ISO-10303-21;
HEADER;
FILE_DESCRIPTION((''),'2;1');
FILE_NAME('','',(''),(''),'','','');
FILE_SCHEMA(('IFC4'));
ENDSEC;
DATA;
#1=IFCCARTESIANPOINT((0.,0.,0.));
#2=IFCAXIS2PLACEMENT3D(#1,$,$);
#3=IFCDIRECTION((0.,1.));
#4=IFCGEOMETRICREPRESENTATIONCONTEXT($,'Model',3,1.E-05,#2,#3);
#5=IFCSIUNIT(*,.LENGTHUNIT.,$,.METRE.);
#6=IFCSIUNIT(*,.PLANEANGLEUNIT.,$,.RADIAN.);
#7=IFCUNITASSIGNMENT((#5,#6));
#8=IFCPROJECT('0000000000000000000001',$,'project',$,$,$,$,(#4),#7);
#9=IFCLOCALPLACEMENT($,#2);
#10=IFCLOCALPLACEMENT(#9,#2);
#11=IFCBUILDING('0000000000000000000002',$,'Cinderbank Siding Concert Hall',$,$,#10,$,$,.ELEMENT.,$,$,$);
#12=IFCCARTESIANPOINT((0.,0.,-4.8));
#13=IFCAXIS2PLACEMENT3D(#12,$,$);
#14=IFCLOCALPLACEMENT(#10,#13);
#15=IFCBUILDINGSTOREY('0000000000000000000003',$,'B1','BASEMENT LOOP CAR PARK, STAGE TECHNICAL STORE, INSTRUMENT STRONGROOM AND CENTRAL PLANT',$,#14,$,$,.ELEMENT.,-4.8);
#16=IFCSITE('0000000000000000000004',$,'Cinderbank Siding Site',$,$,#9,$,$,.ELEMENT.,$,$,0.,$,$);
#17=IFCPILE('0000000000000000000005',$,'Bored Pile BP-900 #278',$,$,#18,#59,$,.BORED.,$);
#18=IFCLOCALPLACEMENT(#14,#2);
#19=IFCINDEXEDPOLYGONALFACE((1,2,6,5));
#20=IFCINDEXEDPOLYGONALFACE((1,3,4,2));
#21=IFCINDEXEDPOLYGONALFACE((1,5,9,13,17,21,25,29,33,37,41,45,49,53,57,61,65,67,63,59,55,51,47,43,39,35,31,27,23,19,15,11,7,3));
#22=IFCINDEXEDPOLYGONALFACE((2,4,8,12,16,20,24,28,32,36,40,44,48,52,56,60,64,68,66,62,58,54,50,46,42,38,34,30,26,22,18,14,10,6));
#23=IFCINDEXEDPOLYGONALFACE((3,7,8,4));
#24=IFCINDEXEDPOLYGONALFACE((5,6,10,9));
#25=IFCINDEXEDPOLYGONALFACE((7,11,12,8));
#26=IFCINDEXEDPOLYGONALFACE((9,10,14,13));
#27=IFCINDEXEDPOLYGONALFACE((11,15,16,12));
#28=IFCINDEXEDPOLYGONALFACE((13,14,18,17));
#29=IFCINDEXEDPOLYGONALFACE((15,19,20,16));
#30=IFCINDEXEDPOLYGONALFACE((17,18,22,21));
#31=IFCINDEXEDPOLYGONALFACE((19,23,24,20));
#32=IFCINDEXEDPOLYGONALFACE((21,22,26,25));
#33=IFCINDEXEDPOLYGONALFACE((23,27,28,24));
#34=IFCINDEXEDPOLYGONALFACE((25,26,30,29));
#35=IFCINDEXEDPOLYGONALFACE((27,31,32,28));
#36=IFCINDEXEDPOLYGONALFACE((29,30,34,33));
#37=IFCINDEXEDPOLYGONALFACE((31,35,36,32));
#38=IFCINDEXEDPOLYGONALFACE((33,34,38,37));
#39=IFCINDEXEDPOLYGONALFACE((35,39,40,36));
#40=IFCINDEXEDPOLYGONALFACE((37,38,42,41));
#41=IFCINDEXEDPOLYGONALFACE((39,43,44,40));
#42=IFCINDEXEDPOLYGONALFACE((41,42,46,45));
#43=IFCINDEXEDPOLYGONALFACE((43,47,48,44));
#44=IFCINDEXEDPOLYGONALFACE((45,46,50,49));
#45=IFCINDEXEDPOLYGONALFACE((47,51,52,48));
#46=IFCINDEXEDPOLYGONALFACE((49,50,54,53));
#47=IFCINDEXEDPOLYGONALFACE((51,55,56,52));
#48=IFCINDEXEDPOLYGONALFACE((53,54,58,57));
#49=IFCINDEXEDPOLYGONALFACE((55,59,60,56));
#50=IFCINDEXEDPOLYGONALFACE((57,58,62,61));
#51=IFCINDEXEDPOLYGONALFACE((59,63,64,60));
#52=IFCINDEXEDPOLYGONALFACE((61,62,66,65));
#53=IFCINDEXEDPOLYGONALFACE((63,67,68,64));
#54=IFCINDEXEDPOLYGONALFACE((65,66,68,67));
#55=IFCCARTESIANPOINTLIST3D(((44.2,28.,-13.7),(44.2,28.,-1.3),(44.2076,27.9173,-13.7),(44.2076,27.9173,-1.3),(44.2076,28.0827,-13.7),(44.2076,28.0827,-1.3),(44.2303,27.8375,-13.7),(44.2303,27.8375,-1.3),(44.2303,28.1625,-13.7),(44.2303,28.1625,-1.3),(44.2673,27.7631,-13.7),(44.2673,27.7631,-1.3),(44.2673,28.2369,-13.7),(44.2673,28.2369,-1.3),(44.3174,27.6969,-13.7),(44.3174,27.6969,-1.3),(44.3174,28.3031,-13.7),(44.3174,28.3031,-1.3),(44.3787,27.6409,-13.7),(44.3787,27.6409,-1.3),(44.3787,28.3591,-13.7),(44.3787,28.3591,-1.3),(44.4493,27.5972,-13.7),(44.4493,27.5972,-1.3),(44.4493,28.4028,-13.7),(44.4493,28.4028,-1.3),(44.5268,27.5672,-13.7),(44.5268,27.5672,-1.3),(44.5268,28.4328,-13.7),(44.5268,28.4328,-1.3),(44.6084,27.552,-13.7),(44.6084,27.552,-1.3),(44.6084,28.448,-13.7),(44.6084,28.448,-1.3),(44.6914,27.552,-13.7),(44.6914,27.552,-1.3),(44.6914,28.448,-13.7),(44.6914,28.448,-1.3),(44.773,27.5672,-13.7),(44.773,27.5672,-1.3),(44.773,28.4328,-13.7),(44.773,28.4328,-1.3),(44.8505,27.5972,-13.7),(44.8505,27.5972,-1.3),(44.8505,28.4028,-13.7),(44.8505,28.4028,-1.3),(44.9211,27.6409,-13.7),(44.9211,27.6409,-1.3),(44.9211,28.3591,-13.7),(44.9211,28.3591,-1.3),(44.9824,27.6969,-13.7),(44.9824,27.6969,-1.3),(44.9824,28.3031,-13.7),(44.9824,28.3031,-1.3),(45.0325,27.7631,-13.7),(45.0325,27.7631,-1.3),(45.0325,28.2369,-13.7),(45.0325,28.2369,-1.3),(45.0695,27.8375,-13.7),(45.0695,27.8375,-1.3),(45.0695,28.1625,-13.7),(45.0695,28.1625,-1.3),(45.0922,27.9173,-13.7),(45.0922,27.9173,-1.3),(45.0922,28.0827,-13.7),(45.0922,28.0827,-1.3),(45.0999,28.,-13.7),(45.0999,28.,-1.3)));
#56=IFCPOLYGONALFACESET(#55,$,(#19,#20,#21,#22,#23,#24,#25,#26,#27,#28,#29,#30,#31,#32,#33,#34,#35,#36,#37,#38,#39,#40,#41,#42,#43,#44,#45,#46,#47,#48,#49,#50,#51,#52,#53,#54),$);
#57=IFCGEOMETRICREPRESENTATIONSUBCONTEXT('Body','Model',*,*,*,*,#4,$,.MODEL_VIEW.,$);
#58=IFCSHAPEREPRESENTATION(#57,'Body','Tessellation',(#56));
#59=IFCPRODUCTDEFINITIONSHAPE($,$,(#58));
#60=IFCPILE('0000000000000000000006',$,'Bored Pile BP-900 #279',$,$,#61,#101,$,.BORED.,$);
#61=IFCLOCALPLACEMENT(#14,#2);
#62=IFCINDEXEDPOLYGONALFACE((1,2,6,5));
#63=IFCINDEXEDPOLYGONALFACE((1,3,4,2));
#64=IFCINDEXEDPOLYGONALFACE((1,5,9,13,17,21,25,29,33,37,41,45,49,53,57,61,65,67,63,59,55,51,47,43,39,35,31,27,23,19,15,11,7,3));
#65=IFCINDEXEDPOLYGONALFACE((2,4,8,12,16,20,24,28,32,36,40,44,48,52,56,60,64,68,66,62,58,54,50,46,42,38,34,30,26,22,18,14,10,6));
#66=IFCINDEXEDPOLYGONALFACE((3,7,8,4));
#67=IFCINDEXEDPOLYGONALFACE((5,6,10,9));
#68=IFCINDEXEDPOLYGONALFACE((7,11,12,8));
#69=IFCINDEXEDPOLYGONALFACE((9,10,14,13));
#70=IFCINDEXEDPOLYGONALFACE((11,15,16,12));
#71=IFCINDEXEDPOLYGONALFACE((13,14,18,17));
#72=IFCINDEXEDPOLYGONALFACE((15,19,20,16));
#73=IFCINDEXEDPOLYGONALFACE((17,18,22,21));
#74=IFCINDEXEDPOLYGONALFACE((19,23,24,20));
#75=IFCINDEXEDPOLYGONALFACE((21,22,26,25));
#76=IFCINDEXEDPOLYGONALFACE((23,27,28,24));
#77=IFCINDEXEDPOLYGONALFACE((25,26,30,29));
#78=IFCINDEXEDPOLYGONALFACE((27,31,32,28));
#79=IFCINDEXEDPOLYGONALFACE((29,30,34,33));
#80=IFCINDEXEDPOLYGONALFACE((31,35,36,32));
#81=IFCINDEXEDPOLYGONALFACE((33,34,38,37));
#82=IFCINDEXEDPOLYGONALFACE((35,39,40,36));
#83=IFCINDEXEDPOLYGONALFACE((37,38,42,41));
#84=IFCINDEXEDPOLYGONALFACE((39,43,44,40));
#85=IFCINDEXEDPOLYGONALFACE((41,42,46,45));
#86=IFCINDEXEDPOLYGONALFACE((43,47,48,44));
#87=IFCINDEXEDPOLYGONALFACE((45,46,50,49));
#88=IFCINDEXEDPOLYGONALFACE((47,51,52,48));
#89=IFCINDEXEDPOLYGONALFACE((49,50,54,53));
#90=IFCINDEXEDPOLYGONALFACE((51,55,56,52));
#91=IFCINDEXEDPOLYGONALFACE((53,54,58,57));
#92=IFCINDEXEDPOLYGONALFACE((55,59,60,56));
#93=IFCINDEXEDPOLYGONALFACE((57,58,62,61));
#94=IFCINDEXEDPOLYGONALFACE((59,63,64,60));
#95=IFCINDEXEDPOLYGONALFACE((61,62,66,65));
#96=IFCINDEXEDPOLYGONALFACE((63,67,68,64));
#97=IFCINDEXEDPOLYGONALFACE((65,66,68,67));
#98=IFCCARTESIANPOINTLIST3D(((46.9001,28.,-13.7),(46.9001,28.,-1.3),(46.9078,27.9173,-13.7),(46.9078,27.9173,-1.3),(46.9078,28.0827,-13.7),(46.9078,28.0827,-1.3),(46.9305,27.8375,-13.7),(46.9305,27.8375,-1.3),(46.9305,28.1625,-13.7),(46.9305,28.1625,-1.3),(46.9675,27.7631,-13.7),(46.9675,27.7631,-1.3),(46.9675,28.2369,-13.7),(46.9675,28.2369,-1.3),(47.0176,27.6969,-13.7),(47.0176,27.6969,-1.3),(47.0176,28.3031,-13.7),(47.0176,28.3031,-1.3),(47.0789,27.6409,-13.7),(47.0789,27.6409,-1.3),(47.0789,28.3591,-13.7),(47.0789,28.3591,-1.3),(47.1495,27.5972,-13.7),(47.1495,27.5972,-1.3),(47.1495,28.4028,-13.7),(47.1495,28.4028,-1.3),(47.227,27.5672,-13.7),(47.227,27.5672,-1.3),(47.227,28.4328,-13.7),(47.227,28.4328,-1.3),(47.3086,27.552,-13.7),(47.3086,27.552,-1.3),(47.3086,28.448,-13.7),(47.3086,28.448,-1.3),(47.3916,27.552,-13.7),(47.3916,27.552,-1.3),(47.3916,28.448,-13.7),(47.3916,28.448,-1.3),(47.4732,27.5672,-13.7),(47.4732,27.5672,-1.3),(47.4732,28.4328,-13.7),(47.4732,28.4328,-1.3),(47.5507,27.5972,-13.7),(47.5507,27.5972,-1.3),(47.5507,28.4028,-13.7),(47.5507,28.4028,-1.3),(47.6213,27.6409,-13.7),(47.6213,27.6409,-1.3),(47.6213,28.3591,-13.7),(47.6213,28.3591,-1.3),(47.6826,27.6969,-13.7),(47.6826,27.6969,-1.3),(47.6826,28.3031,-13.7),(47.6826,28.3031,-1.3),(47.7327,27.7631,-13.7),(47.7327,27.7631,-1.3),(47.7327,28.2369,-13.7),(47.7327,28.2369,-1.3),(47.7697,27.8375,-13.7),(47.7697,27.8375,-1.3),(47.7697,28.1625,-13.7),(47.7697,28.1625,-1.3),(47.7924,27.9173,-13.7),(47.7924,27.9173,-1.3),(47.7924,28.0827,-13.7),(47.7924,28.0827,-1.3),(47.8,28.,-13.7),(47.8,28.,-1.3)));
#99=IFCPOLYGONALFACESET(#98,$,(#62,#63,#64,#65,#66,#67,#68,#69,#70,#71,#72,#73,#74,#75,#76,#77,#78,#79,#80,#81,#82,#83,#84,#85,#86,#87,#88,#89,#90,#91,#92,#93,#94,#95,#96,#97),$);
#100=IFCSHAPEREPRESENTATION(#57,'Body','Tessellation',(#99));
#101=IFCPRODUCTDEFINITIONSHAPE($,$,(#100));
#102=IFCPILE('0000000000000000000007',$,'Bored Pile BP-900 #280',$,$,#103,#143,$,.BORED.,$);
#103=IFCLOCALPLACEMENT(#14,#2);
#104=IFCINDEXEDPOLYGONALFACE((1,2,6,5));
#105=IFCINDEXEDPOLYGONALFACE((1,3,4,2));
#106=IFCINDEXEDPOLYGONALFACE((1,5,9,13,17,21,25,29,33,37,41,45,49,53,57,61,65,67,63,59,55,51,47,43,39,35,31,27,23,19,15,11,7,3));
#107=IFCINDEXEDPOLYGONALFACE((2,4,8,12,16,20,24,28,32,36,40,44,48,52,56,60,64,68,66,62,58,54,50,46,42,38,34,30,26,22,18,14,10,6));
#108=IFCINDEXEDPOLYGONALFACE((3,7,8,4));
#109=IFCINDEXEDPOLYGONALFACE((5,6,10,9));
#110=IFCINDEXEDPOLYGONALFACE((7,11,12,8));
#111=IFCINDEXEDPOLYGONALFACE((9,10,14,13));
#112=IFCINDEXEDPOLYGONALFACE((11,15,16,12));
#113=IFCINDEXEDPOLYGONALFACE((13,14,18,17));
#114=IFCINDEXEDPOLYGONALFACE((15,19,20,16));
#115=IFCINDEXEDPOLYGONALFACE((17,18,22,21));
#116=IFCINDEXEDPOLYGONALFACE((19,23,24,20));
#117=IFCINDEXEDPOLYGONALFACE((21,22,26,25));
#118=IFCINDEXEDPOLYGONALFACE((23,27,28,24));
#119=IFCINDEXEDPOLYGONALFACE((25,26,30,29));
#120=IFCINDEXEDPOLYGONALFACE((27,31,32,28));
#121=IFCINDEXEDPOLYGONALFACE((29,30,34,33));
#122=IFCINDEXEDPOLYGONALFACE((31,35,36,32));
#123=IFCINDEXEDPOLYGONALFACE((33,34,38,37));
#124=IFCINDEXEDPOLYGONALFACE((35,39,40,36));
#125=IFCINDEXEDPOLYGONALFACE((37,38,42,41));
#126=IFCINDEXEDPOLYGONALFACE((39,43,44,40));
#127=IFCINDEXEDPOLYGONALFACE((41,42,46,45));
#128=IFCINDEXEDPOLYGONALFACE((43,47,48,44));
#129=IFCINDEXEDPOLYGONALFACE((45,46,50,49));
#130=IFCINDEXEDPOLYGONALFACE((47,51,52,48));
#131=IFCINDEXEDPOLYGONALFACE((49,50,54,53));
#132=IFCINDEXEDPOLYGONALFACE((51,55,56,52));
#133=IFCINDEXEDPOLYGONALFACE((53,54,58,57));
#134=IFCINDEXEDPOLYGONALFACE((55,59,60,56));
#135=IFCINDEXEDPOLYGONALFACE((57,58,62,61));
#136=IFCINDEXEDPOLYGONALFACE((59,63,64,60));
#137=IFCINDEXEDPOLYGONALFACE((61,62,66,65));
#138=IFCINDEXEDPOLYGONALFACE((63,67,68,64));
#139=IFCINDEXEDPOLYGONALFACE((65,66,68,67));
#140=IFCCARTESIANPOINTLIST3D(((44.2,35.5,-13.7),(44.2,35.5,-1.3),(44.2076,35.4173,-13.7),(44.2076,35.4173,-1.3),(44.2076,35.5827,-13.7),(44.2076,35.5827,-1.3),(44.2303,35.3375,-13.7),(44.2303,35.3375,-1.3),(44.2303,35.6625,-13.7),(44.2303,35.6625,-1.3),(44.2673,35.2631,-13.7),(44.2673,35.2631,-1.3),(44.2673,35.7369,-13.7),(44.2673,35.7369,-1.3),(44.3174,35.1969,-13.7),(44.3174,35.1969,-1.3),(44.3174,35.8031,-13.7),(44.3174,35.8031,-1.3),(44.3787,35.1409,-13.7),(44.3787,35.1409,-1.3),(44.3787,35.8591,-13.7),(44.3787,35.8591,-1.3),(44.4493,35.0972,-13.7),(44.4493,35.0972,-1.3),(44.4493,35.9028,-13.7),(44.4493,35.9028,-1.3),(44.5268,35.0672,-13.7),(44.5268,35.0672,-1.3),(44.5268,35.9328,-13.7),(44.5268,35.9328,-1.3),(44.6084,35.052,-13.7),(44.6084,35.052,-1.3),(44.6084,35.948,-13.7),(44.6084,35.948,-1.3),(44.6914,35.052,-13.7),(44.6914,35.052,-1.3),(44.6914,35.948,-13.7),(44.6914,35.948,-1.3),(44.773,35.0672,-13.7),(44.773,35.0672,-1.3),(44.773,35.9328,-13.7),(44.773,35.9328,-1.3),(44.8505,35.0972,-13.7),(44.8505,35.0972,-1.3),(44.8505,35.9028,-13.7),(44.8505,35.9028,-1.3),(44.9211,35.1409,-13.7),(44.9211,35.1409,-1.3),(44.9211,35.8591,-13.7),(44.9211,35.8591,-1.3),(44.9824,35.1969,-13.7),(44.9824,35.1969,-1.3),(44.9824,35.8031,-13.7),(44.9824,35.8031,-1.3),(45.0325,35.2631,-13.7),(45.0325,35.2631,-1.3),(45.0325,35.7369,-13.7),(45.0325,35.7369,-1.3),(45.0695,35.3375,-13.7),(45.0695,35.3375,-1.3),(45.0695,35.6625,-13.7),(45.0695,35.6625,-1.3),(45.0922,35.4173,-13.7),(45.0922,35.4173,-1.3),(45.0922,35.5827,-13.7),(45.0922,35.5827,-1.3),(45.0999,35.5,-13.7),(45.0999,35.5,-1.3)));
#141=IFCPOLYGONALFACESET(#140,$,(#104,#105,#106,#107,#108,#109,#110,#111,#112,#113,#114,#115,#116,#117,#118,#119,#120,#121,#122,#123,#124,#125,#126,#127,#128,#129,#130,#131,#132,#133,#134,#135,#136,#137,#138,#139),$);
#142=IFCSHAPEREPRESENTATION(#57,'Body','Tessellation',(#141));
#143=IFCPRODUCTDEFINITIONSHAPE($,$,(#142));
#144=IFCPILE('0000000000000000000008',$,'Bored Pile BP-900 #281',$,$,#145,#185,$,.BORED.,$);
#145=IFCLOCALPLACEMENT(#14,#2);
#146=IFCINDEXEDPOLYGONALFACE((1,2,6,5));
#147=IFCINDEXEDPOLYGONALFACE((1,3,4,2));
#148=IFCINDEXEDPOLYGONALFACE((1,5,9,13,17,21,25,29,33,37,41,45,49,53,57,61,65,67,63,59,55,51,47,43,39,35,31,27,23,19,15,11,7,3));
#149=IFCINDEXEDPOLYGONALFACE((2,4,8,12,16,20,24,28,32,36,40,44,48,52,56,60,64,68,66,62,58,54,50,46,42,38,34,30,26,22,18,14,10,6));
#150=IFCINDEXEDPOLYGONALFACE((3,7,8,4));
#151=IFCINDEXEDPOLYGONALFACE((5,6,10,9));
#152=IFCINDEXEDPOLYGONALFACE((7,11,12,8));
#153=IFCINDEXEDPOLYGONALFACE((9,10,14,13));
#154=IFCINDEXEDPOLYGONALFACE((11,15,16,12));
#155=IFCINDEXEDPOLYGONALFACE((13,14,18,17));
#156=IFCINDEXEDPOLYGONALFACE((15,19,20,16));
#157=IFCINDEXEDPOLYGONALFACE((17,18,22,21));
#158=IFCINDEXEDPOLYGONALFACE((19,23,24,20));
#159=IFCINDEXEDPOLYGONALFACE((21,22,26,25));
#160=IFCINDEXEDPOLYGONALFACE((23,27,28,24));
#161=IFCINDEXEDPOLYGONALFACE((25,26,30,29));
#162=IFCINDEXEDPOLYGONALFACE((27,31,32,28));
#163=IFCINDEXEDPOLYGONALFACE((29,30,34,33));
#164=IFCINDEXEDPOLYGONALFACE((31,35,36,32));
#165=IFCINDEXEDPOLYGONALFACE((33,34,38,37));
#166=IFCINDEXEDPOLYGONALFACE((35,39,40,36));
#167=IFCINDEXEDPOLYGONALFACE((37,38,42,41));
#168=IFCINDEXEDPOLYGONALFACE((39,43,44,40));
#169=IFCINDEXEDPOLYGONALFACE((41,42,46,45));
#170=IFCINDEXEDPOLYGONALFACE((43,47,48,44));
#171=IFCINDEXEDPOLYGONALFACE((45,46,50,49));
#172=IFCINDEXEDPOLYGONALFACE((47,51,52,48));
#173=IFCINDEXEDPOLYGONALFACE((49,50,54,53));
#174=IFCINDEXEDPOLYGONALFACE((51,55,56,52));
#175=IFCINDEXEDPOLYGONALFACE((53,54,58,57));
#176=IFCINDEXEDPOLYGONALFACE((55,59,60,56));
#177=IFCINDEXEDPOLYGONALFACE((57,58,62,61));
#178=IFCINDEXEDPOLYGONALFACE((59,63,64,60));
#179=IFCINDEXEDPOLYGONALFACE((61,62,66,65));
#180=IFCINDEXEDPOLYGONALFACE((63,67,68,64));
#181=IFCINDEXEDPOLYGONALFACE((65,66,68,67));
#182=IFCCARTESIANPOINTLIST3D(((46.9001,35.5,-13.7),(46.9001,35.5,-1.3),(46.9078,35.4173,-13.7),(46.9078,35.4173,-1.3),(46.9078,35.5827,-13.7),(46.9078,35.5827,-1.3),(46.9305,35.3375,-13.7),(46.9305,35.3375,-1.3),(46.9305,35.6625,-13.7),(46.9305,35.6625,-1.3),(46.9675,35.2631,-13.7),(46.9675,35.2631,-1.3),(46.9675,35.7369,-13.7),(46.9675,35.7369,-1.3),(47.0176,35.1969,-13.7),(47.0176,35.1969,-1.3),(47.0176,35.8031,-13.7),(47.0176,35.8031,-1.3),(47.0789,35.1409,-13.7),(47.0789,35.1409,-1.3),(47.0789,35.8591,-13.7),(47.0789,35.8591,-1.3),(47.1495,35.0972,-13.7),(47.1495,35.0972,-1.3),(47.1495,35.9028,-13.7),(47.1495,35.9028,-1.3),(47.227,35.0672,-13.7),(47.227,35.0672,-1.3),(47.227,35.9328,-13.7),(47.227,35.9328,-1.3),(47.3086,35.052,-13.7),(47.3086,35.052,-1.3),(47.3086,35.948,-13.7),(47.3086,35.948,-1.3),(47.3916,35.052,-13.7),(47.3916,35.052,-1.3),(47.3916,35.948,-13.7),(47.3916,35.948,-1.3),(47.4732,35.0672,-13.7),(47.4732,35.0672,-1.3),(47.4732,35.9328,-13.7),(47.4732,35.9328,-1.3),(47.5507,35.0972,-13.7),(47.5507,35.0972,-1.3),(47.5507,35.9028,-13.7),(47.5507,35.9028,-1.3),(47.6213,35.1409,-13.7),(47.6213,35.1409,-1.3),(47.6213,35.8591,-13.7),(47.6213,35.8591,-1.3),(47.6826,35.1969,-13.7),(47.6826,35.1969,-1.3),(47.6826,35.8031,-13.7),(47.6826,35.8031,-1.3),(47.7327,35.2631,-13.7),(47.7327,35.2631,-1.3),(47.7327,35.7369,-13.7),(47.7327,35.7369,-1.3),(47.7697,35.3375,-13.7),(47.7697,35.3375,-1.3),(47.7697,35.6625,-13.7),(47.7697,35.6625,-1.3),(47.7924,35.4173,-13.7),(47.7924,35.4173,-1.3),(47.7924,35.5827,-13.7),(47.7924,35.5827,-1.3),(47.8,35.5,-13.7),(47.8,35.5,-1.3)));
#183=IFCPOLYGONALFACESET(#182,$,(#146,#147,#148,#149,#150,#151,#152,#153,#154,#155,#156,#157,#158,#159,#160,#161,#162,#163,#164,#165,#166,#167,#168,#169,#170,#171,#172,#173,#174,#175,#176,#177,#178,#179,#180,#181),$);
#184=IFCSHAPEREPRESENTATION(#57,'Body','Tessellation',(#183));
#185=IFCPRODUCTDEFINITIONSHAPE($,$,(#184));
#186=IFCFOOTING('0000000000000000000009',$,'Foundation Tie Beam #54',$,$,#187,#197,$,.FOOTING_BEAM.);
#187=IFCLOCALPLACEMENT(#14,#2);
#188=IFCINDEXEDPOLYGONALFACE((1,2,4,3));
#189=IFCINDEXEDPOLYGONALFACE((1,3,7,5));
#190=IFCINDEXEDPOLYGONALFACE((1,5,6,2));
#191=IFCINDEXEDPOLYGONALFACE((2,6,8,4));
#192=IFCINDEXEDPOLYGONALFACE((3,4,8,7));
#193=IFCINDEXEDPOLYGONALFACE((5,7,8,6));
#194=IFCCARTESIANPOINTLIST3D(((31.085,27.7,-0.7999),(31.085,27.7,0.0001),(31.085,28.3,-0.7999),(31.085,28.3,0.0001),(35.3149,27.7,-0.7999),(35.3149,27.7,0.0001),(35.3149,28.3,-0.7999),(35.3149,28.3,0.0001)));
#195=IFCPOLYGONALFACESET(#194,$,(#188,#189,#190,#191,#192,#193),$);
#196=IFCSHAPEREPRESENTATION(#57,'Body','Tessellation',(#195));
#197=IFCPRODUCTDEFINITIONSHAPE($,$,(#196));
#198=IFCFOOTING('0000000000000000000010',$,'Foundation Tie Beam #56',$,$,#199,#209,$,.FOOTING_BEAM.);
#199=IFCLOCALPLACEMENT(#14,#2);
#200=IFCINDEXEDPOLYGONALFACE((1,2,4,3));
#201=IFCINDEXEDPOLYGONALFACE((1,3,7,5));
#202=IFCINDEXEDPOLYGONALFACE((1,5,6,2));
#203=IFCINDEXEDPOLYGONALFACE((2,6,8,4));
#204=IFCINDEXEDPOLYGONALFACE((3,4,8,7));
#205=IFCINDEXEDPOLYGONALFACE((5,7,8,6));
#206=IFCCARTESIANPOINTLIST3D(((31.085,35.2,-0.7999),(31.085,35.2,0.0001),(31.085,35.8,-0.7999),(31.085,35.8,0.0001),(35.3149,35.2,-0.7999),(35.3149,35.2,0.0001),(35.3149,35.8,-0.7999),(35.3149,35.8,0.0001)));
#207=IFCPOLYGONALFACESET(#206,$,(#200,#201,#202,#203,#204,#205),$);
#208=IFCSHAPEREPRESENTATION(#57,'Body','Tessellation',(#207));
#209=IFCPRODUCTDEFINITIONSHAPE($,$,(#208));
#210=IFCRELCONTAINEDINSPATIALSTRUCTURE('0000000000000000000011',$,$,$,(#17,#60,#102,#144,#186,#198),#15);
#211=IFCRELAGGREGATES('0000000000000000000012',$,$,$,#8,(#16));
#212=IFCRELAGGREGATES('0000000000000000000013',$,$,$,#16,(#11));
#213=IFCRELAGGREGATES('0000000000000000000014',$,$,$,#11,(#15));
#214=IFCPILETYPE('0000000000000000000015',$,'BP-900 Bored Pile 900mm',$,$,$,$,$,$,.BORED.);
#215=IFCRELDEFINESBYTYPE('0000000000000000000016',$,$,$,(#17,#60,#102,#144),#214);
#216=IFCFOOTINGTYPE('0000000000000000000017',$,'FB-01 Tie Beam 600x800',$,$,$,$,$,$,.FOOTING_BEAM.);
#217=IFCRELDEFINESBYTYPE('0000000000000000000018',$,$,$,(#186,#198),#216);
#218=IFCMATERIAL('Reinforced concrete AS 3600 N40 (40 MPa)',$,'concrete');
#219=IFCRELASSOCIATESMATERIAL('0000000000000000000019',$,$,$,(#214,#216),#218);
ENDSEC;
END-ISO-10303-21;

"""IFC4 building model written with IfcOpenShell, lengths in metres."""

from ifc_helpers import new_model, si_unit, direction, frame, origin, origin_2d, place, context, subcontext, project, spatial, rectangle, circle, extrude, material, material_profile, profile_set, type_object, element, save


model = new_model("IFC4")

# Units and contexts
model_context = context("Model", 3, precision=1e-05, world=origin(), true_north=direction((0.0, 1.0)))
body_context = subcontext(model_context, "Body", "Model", "MODEL_VIEW")
ifc_project = project(units=[si_unit("LENGTHUNIT", "METRE"), si_unit("PLANEANGLEUNIT", "RADIAN")], contexts=[model_context])

# Site, building, storey
site_placement = place(None, origin())
site = spatial("IfcSite", under=ifc_project, at=site_placement, Name="Cinderbank Siding Site", CompositionType="ELEMENT", RefElevation=0.0)
building_placement = place(site_placement, origin())
building = spatial("IfcBuilding", under=site, at=building_placement, Name="Cinderbank Siding Concert Hall", CompositionType="ELEMENT")
storey_placement = place(building_placement, frame((0.0, 0.0, -4.8)))
storey = spatial("IfcBuildingStorey", under=building, at=storey_placement, Name="B1", Description="BASEMENT LOOP CAR PARK, STAGE TECHNICAL STORE, INSTRUMENT STRONGROOM AND CENTRAL PLANT", CompositionType="ELEMENT", Elevation=-4.8)

# Piles
ifc_material_1 = material(Name="Reinforced concrete AS 3600 N40 (40 MPa)", Category="concrete")
ifc_material_profile_1 = material_profile(ifc_material_1, circle(Radius=0.45, at=origin_2d()), Name="PILE-900DIA", Category="LoadBearing")
ifc_profile_set_1 = profile_set([ifc_material_profile_1], Name="Reinforced concrete AS 3600 N40 (40 MPa)")
pile_type = type_object("IfcPileType", Name="BP-900 Bored Pile 900mm", PredefinedType="BORED", material=ifc_profile_set_1)
for number, where, z_axis, x_axis, name in (
    (1, (44.6499, 28.0, -1.3), (0.0, 0.0, -1.0), (1.0, 0.0, 0.0), "Bored Pile BP-900 #278"),
    (2, (47.3501, 28.0, -1.3), (0.0, 0.0, -1.0), (1.0, 0.0, 0.0), "Bored Pile BP-900 #279"),
    (3, (44.6499, 35.5, -1.3), (0.0, 0.0, -1.0), (1.0, 0.0, 0.0), "Bored Pile BP-900 #280"),
    (4, (47.3501, 35.5, -1.3), (0.0, 0.0, -1.0), (1.0, 0.0, 0.0), "Bored Pile BP-900 #281"),
):
    element("IfcPile", number, at=place(storey_placement, frame(where, z_axis=z_axis, x_axis=x_axis)), inside=storey, type_object=pile_type, Name=name, PredefinedType="BORED", context=body_context, shape_type="SweptSolid", body=[
        extrude(circle(Radius=0.45, at=origin_2d()), origin(), (0.0, 0.0, 1.0), 12.3999),
    ])

# Footings
ifc_material_profile_2 = material_profile(ifc_material_1, rectangle(XDim=0.6001, YDim=0.8, at=origin_2d()), Name="RC-FB-600x800", Category="LoadBearing")
ifc_profile_set_2 = profile_set([ifc_material_profile_2], Name="Reinforced concrete AS 3600 N40 (40 MPa)")
footing_type_1 = type_object("IfcFootingType", Name="FB-01 Tie Beam 600x800", PredefinedType="FOOTING_BEAM", material=ifc_profile_set_2)
for number, where, z_axis, x_axis, name in (
    (5, (31.085, 28.0, -0.3999), (1.0, 0.0, 0.0), (0.0, 1.0, 0.0), "Foundation Tie Beam #54"),
    (6, (31.085, 35.5, -0.3999), (1.0, 0.0, 0.0), (0.0, 1.0, 0.0), "Foundation Tie Beam #56"),
):
    element("IfcFooting", number, at=place(storey_placement, frame(where, z_axis=z_axis, x_axis=x_axis)), inside=storey, type_object=footing_type_1, Name=name, PredefinedType="FOOTING_BEAM", context=body_context, shape_type="SweptSolid", body=[
        extrude(rectangle(XDim=0.6001, YDim=0.8, at=origin_2d()), origin(), (0.0, 0.0, 1.0), 4.23),
    ])

save(model, "model.ifc")
